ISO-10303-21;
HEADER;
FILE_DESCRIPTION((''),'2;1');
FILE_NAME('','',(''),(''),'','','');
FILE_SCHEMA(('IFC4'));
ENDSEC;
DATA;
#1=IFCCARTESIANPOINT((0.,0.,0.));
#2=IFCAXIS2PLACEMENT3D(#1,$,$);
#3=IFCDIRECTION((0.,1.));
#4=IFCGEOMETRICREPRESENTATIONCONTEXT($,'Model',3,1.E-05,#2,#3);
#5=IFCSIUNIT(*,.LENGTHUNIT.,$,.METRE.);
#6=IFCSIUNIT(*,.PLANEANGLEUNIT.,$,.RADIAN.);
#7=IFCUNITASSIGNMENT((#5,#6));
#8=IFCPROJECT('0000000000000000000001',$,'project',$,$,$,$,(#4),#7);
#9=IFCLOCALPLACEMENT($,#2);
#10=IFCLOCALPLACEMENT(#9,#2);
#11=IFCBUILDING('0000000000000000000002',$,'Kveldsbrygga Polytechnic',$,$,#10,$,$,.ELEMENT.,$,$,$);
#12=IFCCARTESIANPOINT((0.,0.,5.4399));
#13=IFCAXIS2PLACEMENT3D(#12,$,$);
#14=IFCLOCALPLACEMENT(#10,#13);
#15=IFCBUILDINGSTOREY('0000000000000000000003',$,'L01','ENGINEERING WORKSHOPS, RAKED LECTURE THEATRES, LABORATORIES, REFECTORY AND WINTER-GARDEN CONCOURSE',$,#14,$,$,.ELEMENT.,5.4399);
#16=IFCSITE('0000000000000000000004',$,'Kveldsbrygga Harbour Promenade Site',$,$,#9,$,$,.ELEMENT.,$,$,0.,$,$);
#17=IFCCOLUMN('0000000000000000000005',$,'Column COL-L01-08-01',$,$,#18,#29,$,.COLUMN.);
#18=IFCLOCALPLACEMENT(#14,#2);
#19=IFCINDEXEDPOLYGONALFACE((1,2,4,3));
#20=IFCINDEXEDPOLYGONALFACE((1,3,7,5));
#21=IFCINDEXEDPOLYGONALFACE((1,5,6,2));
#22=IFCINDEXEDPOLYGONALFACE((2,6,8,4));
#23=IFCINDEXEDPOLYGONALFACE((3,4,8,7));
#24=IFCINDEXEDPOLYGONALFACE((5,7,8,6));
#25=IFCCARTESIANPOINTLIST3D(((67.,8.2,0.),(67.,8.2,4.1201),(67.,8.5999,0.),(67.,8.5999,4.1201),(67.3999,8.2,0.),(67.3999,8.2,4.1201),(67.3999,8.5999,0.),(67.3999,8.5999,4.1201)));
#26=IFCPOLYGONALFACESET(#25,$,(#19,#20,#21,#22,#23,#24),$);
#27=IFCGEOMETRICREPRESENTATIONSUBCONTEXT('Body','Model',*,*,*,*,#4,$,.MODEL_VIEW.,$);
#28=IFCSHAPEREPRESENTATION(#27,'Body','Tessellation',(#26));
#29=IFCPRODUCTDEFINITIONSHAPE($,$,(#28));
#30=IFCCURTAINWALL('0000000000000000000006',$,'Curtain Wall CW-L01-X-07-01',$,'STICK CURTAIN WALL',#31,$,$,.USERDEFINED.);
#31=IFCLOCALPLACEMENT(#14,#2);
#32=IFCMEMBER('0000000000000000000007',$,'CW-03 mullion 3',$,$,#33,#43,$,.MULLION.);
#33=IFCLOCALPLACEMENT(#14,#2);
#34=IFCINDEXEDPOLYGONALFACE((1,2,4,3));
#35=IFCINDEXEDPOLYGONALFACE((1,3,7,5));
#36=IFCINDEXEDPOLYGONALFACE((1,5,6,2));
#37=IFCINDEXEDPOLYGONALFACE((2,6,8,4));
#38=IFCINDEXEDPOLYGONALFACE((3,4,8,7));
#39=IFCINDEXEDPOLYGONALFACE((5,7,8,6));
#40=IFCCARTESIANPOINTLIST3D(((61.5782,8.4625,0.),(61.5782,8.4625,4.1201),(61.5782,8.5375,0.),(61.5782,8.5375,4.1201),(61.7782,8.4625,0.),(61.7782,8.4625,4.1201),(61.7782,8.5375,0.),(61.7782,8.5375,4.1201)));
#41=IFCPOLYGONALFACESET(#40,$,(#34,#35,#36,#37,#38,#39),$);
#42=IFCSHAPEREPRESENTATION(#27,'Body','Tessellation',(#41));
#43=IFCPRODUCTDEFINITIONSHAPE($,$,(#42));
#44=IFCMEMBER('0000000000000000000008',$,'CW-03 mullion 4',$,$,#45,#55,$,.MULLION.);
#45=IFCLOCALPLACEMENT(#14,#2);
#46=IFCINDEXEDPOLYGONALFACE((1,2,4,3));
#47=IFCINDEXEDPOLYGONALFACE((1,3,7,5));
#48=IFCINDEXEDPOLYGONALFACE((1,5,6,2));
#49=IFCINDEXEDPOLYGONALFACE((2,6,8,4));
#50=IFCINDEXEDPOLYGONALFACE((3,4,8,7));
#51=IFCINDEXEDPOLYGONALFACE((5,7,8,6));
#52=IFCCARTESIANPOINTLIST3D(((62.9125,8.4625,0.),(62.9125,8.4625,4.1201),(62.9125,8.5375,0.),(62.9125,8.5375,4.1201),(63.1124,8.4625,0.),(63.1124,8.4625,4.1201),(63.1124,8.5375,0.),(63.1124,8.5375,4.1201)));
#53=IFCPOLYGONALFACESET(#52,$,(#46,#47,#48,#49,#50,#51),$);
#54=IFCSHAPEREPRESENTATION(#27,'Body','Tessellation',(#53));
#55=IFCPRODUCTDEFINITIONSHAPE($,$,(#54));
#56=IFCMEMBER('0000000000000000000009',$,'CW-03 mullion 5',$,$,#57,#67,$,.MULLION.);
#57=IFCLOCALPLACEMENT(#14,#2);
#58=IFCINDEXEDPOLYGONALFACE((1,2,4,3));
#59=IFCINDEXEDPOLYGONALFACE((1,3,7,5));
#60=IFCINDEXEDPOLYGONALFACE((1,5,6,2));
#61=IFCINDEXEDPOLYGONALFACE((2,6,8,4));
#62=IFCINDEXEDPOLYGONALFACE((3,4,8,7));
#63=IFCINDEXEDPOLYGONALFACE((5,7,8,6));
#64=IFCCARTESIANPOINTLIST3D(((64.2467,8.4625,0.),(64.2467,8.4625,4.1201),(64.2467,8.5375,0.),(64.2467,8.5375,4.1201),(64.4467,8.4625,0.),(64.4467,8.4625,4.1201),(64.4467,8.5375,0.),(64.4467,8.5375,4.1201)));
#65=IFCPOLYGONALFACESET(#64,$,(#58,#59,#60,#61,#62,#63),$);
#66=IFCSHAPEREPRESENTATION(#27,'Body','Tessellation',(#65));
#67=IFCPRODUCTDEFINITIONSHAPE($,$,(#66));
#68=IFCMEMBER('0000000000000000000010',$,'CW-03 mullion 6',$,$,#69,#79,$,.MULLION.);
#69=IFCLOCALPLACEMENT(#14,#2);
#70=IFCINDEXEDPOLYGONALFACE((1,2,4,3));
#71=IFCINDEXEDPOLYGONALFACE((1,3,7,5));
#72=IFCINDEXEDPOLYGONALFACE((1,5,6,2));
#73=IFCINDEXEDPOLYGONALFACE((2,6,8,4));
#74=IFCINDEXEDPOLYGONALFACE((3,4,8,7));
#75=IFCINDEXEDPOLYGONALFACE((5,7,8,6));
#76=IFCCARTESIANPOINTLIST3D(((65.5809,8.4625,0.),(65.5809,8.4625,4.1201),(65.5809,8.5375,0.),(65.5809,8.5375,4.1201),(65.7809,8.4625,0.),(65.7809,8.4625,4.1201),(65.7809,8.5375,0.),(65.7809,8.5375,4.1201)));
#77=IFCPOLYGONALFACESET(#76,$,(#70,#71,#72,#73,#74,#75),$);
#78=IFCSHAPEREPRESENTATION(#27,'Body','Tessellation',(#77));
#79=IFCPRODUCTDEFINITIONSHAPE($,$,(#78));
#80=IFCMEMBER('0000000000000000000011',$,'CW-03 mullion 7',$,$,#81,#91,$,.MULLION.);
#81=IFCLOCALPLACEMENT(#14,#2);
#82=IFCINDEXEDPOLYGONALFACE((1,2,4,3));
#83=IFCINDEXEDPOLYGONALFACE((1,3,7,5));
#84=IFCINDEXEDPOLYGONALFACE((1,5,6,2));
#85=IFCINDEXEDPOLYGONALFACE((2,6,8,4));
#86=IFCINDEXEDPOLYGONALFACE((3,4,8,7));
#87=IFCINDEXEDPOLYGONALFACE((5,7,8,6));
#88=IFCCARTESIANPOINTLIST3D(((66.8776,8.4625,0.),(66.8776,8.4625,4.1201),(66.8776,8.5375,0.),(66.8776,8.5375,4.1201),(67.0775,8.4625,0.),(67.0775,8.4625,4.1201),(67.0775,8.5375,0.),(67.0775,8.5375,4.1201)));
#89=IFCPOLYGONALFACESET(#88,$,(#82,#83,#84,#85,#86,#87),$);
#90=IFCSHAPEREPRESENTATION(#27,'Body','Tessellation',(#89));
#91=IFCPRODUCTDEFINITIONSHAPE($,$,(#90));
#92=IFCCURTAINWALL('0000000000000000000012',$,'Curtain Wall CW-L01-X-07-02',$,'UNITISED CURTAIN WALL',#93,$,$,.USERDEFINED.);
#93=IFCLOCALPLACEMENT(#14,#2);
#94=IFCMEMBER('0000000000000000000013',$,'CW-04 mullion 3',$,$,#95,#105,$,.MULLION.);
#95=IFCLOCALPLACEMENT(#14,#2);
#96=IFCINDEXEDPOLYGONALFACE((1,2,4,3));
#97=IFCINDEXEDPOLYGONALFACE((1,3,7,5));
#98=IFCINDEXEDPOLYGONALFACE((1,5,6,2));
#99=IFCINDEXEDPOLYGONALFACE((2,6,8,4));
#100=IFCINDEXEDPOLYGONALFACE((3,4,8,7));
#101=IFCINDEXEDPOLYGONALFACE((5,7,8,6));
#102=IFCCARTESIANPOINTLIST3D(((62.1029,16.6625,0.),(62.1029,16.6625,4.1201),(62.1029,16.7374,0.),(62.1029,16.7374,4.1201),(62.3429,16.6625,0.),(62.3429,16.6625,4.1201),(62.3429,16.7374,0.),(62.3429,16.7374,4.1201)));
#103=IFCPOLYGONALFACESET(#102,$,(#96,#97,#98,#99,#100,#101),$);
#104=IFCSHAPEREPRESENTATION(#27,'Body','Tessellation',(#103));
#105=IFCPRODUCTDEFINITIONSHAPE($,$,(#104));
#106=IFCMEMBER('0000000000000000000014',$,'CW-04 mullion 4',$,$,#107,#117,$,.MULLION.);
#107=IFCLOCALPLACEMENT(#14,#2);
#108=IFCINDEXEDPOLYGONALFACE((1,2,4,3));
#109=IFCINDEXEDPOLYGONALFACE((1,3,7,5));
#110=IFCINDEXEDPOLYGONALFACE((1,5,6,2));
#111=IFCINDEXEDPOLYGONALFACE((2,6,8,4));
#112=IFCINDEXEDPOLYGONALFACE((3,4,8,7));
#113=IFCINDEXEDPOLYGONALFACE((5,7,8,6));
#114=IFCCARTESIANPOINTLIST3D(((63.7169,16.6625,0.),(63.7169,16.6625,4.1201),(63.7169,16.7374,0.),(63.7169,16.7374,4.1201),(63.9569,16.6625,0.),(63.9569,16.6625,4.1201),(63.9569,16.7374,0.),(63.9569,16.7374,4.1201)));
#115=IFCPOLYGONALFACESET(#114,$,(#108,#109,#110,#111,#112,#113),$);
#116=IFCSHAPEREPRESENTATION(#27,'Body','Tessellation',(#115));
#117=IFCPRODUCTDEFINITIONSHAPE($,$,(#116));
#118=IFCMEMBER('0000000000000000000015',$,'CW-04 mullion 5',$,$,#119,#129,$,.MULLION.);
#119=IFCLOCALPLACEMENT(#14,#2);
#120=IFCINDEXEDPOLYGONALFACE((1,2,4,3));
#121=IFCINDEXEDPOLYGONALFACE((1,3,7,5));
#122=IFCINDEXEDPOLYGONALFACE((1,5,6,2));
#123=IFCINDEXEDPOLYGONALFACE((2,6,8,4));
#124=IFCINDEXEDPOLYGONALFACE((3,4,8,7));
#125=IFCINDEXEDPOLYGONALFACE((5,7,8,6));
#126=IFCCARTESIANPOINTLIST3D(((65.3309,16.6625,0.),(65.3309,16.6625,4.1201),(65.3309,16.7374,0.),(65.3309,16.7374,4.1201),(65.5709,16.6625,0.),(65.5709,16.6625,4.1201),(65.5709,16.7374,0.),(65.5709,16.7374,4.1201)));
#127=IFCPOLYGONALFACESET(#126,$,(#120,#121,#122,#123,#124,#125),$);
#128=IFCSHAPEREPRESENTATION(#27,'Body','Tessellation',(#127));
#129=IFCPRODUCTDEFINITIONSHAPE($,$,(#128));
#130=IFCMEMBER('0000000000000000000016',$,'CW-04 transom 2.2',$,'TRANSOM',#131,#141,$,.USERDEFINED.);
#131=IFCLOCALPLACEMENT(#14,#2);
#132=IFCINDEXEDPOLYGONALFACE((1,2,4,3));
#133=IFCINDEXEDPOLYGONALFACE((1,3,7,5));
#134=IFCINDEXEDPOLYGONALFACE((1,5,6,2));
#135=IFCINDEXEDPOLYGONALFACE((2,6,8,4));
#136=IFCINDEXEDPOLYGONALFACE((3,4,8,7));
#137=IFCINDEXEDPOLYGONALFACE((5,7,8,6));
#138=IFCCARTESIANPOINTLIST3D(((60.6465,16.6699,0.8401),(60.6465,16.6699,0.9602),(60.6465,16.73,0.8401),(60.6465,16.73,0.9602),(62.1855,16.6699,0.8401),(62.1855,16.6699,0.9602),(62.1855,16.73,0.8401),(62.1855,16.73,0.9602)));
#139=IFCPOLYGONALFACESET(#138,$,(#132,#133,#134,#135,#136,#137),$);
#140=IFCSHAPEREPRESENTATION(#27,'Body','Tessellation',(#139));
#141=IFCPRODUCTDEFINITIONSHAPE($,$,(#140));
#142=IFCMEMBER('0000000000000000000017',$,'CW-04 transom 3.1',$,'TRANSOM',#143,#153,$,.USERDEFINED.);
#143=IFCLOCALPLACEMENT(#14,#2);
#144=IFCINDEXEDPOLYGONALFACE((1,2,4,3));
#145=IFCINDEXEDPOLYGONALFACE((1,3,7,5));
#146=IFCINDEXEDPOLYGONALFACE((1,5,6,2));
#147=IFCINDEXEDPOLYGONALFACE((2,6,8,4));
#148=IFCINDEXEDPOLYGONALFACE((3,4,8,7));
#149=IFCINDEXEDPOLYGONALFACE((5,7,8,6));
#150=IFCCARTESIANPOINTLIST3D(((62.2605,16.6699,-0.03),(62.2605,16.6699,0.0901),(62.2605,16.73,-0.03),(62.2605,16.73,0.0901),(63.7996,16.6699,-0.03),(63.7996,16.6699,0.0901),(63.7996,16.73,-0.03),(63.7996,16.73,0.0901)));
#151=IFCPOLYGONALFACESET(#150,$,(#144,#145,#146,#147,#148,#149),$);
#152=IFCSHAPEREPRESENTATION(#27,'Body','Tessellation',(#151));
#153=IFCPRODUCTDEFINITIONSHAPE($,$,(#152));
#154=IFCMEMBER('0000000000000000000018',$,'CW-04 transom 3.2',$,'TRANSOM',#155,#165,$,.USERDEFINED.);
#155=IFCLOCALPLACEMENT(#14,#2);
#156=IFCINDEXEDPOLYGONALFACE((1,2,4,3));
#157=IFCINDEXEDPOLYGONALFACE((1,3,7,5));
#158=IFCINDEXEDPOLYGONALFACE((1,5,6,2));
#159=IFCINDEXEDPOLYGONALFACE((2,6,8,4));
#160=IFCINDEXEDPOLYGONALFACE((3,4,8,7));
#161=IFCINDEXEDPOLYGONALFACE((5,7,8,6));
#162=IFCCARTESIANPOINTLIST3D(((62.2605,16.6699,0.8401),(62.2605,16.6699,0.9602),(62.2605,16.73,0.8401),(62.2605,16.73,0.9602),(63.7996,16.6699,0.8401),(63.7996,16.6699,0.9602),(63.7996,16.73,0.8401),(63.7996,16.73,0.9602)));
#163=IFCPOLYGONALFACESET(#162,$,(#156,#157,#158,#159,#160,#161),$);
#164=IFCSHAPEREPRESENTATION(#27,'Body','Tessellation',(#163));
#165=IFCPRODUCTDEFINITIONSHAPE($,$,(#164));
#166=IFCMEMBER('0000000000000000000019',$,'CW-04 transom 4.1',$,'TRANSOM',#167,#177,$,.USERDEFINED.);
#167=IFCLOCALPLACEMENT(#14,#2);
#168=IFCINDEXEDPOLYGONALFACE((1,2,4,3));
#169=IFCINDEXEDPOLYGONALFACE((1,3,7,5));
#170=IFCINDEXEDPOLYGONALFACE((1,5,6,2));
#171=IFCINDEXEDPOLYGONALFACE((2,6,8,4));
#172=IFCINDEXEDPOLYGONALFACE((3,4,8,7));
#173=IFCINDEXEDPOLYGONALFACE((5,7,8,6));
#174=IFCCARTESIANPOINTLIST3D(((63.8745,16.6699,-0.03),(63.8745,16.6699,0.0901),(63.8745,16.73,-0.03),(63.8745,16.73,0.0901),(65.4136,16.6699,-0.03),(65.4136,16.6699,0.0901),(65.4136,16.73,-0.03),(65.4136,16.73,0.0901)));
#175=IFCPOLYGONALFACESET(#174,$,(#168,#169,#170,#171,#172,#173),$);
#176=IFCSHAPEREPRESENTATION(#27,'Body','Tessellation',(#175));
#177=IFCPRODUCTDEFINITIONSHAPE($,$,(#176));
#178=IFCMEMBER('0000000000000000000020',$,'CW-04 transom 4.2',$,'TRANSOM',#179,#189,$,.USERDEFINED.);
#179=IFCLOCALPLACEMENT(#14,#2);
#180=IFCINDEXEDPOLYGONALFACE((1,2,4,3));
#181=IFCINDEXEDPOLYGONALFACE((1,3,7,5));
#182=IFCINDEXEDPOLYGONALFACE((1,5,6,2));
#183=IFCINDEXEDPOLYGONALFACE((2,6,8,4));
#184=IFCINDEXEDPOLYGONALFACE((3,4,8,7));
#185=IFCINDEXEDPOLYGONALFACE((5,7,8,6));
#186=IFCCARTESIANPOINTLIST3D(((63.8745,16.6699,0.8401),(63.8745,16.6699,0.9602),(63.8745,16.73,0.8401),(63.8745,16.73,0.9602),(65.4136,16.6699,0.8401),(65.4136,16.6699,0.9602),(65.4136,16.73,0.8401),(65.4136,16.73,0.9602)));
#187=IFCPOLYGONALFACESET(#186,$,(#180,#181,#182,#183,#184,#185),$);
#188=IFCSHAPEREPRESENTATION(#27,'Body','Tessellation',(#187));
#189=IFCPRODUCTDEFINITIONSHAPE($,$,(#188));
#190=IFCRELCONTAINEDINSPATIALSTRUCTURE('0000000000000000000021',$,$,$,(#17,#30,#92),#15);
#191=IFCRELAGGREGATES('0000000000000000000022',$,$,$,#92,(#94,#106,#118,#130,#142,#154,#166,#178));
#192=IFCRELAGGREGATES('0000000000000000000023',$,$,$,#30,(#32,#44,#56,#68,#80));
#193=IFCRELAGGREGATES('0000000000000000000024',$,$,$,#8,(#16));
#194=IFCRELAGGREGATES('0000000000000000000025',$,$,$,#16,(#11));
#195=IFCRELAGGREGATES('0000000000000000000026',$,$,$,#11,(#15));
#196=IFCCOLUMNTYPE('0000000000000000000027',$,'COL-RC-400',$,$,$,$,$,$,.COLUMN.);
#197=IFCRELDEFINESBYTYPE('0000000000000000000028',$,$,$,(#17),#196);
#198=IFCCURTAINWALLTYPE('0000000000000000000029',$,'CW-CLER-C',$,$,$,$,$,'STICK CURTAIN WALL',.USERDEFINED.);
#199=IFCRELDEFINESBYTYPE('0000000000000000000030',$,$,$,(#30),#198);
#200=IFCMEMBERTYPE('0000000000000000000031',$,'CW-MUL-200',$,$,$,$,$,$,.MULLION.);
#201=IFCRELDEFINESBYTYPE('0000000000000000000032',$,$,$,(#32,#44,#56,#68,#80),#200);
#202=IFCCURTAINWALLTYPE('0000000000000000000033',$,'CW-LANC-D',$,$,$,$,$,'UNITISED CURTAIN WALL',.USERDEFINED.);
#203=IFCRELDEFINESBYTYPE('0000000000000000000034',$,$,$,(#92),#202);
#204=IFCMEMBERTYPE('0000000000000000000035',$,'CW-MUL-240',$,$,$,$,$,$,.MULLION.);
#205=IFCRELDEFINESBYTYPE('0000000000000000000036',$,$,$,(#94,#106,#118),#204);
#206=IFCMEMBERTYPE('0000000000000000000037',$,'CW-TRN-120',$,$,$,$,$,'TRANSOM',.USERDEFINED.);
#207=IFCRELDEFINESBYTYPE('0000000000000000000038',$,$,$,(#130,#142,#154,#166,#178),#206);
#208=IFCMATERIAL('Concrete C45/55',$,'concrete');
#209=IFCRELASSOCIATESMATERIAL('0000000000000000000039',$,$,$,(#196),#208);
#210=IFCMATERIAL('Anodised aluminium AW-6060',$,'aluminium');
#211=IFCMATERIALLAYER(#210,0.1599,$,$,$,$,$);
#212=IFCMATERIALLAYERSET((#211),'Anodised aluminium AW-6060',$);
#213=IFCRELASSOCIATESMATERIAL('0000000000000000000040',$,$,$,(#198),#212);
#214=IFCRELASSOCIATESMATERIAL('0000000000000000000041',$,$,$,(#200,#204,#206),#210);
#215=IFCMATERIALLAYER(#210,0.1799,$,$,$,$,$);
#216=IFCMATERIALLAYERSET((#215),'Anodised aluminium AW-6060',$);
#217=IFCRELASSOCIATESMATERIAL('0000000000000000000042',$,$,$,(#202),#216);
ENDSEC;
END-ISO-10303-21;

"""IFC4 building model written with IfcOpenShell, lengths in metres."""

from ifc_helpers import new_model, si_unit, direction, frame, origin, origin_2d, place, context, subcontext, project, spatial, rectangle, extrude, material, layer, layer_set, material_profile, profile_set, type_object, element, aggregate, save


model = new_model("IFC4")

# Units and contexts
model_context = context("Model", 3, precision=1e-05, world=origin(), true_north=direction((0.0, 1.0)))
body_context = subcontext(model_context, "Body", "Model", "MODEL_VIEW")
ifc_project = project(units=[si_unit("LENGTHUNIT", "METRE"), si_unit("PLANEANGLEUNIT", "RADIAN")], contexts=[model_context])

# Site, building, storey
site_placement = place(None, origin())
site = spatial("IfcSite", under=ifc_project, at=site_placement, Name="Kveldsbrygga Harbour Promenade Site", CompositionType="ELEMENT", RefElevation=0.0)
building_placement = place(site_placement, origin())
building = spatial("IfcBuilding", under=site, at=building_placement, Name="Kveldsbrygga Polytechnic", CompositionType="ELEMENT")
storey_placement = place(building_placement, frame((0.0, 0.0, 5.4399)))
storey = spatial("IfcBuildingStorey", under=building, at=storey_placement, Name="L01", Description="ENGINEERING WORKSHOPS, RAKED LECTURE THEATRES, LABORATORIES, REFECTORY AND WINTER-GARDEN CONCOURSE", CompositionType="ELEMENT", Elevation=5.4399)

# Column
ifc_material_1 = material(Name="Concrete C45/55", Category="concrete")
ifc_material_profile_1 = material_profile(ifc_material_1, rectangle(XDim=0.3999, YDim=0.3999, at=origin_2d()), Name="RC 400x400")
ifc_profile_set_1 = profile_set([ifc_material_profile_1], Name="Concrete C45/55")
column_type = type_object("IfcColumnType", Name="COL-RC-400", PredefinedType="COLUMN", material=ifc_profile_set_1)
column_placement = place(storey_placement, frame((67.2, 8.3999, 0.0), z_axis=(0.0, 0.0, 1.0), x_axis=(1.0, 0.0, 0.0)))
element("IfcColumn", 1, at=column_placement, inside=storey, type_object=column_type, Name="Column COL-L01-08-01", PredefinedType="COLUMN", context=body_context, shape_type="SweptSolid", body=[
    extrude(rectangle(XDim=0.3999, YDim=0.3999, at=origin_2d()), origin(), (0.0, 0.0, 1.0), 4.1201),
])

# Curtain walls, members
ifc_material_2 = material(Name="Anodised aluminium AW-6060", Category="aluminium")
ifc_layer_1 = layer(ifc_material_2, 0.1599)
ifc_layer_set_1 = layer_set([ifc_layer_1], Name="Anodised aluminium AW-6060")
curtain_wall_type_1 = type_object("IfcCurtainWallType", Name="CW-CLER-C", ElementType="STICK CURTAIN WALL", PredefinedType="USERDEFINED", material=ifc_layer_set_1)
curtain_wall_1_placement = place(storey_placement, origin())
curtain_wall_1 = element("IfcCurtainWall", 2, at=curtain_wall_1_placement, inside=storey, type_object=curtain_wall_type_1, Name="Curtain Wall CW-L01-X-07-01", ObjectType="STICK CURTAIN WALL", PredefinedType="USERDEFINED")
ifc_material_profile_2 = material_profile(ifc_material_2, rectangle(XDim=0.075, YDim=0.2, at=origin_2d()), Name="ALU 75x200")
ifc_profile_set_2 = profile_set([ifc_material_profile_2], Name="Anodised aluminium AW-6060")
member_type_1 = type_object("IfcMemberType", Name="CW-MUL-200", PredefinedType="MULLION", material=ifc_profile_set_2)
member_1_placement = place(storey_placement, frame((61.6782, 8.5, 0.0), z_axis=(0.0, 0.0, 1.0), x_axis=(0.0, 1.0, 0.0)))
member_1 = element("IfcMember", 3, at=member_1_placement, type_object=member_type_1, Name="CW-03 mullion 3", PredefinedType="MULLION", context=body_context, shape_type="SweptSolid", body=[
    extrude(rectangle(XDim=0.075, YDim=0.2, at=origin_2d()), origin(), (0.0, 0.0, 1.0), 4.1201),
])
member_2_placement = place(storey_placement, frame((63.0125, 8.5, 0.0), z_axis=(0.0, 0.0, 1.0), x_axis=(0.0, 1.0, 0.0)))
member_2 = element("IfcMember", 4, at=member_2_placement, type_object=member_type_1, Name="CW-03 mullion 4", PredefinedType="MULLION", context=body_context, shape_type="SweptSolid", body=[
    extrude(rectangle(XDim=0.075, YDim=0.2, at=origin_2d()), origin(), (0.0, 0.0, 1.0), 4.1201),
])
member_3_placement = place(storey_placement, frame((64.3467, 8.5, 0.0), z_axis=(0.0, 0.0, 1.0), x_axis=(0.0, 1.0, 0.0)))
member_3 = element("IfcMember", 5, at=member_3_placement, type_object=member_type_1, Name="CW-03 mullion 5", PredefinedType="MULLION", context=body_context, shape_type="SweptSolid", body=[
    extrude(rectangle(XDim=0.075, YDim=0.2, at=origin_2d()), origin(), (0.0, 0.0, 1.0), 4.1201),
])
member_4_placement = place(storey_placement, frame((65.6809, 8.5, 0.0), z_axis=(0.0, 0.0, 1.0), x_axis=(0.0, 1.0, 0.0)))
member_4 = element("IfcMember", 6, at=member_4_placement, type_object=member_type_1, Name="CW-03 mullion 6", PredefinedType="MULLION", context=body_context, shape_type="SweptSolid", body=[
    extrude(rectangle(XDim=0.075, YDim=0.2, at=origin_2d()), origin(), (0.0, 0.0, 1.0), 4.1201),
])
member_5_placement = place(storey_placement, frame((66.9775, 8.5, 0.0), z_axis=(0.0, 0.0, 1.0), x_axis=(0.0, 1.0, 0.0)))
member_5 = element("IfcMember", 7, at=member_5_placement, type_object=member_type_1, Name="CW-03 mullion 7", PredefinedType="MULLION", context=body_context, shape_type="SweptSolid", body=[
    extrude(rectangle(XDim=0.075, YDim=0.2, at=origin_2d()), origin(), (0.0, 0.0, 1.0), 4.1201),
])
ifc_layer_2 = layer(ifc_material_2, 0.1799)
ifc_layer_set_2 = layer_set([ifc_layer_2], Name="Anodised aluminium AW-6060")
curtain_wall_type_2 = type_object("IfcCurtainWallType", Name="CW-LANC-D", ElementType="UNITISED CURTAIN WALL", PredefinedType="USERDEFINED", material=ifc_layer_set_2)
curtain_wall_2_placement = place(storey_placement, origin())
curtain_wall_2 = element("IfcCurtainWall", 8, at=curtain_wall_2_placement, inside=storey, type_object=curtain_wall_type_2, Name="Curtain Wall CW-L01-X-07-02", ObjectType="UNITISED CURTAIN WALL", PredefinedType="USERDEFINED")
ifc_material_profile_3 = material_profile(ifc_material_2, rectangle(XDim=0.075, YDim=0.24, at=origin_2d()), Name="ALU 75x240")
ifc_profile_set_3 = profile_set([ifc_material_profile_3], Name="Anodised aluminium AW-6060")
member_type_2 = type_object("IfcMemberType", Name="CW-MUL-240", PredefinedType="MULLION", material=ifc_profile_set_3)
member_6_placement = place(storey_placement, frame((62.2229, 16.7, 0.0), z_axis=(0.0, 0.0, 1.0), x_axis=(0.0, 1.0, 0.0)))
member_6 = element("IfcMember", 9, at=member_6_placement, type_object=member_type_2, Name="CW-04 mullion 3", PredefinedType="MULLION", context=body_context, shape_type="SweptSolid", body=[
    extrude(rectangle(XDim=0.075, YDim=0.24, at=origin_2d()), origin(), (0.0, 0.0, 1.0), 4.1201),
])
member_7_placement = place(storey_placement, frame((63.8369, 16.7, 0.0), z_axis=(0.0, 0.0, 1.0), x_axis=(0.0, 1.0, 0.0)))
member_7 = element("IfcMember", 10, at=member_7_placement, type_object=member_type_2, Name="CW-04 mullion 4", PredefinedType="MULLION", context=body_context, shape_type="SweptSolid", body=[
    extrude(rectangle(XDim=0.075, YDim=0.24, at=origin_2d()), origin(), (0.0, 0.0, 1.0), 4.1201),
])
member_8_placement = place(storey_placement, frame((65.4509, 16.7, 0.0), z_axis=(0.0, 0.0, 1.0), x_axis=(0.0, 1.0, 0.0)))
member_8 = element("IfcMember", 11, at=member_8_placement, type_object=member_type_2, Name="CW-04 mullion 5", PredefinedType="MULLION", context=body_context, shape_type="SweptSolid", body=[
    extrude(rectangle(XDim=0.075, YDim=0.24, at=origin_2d()), origin(), (0.0, 0.0, 1.0), 4.1201),
])
ifc_material_profile_4 = material_profile(ifc_material_2, rectangle(XDim=0.0601, YDim=0.1201, at=origin_2d()), Name="ALU 60x120")
ifc_profile_set_4 = profile_set([ifc_material_profile_4], Name="Anodised aluminium AW-6060")
member_type_3 = type_object("IfcMemberType", Name="CW-TRN-120", ElementType="TRANSOM", PredefinedType="USERDEFINED", material=ifc_profile_set_4)
member_9_placement = place(storey_placement, frame((60.6465, 16.7, 0.9001), z_axis=(1.0, 0.0, 0.0), x_axis=(0.0, 1.0, 0.0)))
member_9 = element("IfcMember", 12, at=member_9_placement, type_object=member_type_3, Name="CW-04 transom 2.2", ObjectType="TRANSOM", PredefinedType="USERDEFINED", context=body_context, shape_type="SweptSolid", body=[
    extrude(rectangle(XDim=0.0601, YDim=0.1201, at=origin_2d()), origin(), (0.0, 0.0, 1.0), 1.5391),
])
member_10_placement = place(storey_placement, frame((62.2605, 16.7, 0.03), z_axis=(1.0, 0.0, 0.0), x_axis=(0.0, 1.0, 0.0)))
member_10 = element("IfcMember", 13, at=member_10_placement, type_object=member_type_3, Name="CW-04 transom 3.1", ObjectType="TRANSOM", PredefinedType="USERDEFINED", context=body_context, shape_type="SweptSolid", body=[
    extrude(rectangle(XDim=0.0601, YDim=0.1201, at=origin_2d()), origin(), (0.0, 0.0, 1.0), 1.5391),
])
member_11_placement = place(storey_placement, frame((62.2605, 16.7, 0.9001), z_axis=(1.0, 0.0, 0.0), x_axis=(0.0, 1.0, 0.0)))
member_11 = element("IfcMember", 14, at=member_11_placement, type_object=member_type_3, Name="CW-04 transom 3.2", ObjectType="TRANSOM", PredefinedType="USERDEFINED", context=body_context, shape_type="SweptSolid", body=[
    extrude(rectangle(XDim=0.0601, YDim=0.1201, at=origin_2d()), origin(), (0.0, 0.0, 1.0), 1.5391),
])
member_12_placement = place(storey_placement, frame((63.8745, 16.7, 0.03), z_axis=(1.0, 0.0, 0.0), x_axis=(0.0, 1.0, 0.0)))
member_12 = element("IfcMember", 15, at=member_12_placement, type_object=member_type_3, Name="CW-04 transom 4.1", ObjectType="TRANSOM", PredefinedType="USERDEFINED", context=body_context, shape_type="SweptSolid", body=[
    extrude(rectangle(XDim=0.0601, YDim=0.1201, at=origin_2d()), origin(), (0.0, 0.0, 1.0), 1.5391),
])
member_13_placement = place(storey_placement, frame((63.8745, 16.7, 0.9001), z_axis=(1.0, 0.0, 0.0), x_axis=(0.0, 1.0, 0.0)))
member_13 = element("IfcMember", 16, at=member_13_placement, type_object=member_type_3, Name="CW-04 transom 4.2", ObjectType="TRANSOM", PredefinedType="USERDEFINED", context=body_context, shape_type="SweptSolid", body=[
    extrude(rectangle(XDim=0.0601, YDim=0.1201, at=origin_2d()), origin(), (0.0, 0.0, 1.0), 1.5391),
])

aggregate(curtain_wall_2, [member_6, member_7, member_8, member_9, member_10, member_11, member_12, member_13])
aggregate(curtain_wall_1, [member_1, member_2, member_3, member_4, member_5])

save(model, "model.ifc")
